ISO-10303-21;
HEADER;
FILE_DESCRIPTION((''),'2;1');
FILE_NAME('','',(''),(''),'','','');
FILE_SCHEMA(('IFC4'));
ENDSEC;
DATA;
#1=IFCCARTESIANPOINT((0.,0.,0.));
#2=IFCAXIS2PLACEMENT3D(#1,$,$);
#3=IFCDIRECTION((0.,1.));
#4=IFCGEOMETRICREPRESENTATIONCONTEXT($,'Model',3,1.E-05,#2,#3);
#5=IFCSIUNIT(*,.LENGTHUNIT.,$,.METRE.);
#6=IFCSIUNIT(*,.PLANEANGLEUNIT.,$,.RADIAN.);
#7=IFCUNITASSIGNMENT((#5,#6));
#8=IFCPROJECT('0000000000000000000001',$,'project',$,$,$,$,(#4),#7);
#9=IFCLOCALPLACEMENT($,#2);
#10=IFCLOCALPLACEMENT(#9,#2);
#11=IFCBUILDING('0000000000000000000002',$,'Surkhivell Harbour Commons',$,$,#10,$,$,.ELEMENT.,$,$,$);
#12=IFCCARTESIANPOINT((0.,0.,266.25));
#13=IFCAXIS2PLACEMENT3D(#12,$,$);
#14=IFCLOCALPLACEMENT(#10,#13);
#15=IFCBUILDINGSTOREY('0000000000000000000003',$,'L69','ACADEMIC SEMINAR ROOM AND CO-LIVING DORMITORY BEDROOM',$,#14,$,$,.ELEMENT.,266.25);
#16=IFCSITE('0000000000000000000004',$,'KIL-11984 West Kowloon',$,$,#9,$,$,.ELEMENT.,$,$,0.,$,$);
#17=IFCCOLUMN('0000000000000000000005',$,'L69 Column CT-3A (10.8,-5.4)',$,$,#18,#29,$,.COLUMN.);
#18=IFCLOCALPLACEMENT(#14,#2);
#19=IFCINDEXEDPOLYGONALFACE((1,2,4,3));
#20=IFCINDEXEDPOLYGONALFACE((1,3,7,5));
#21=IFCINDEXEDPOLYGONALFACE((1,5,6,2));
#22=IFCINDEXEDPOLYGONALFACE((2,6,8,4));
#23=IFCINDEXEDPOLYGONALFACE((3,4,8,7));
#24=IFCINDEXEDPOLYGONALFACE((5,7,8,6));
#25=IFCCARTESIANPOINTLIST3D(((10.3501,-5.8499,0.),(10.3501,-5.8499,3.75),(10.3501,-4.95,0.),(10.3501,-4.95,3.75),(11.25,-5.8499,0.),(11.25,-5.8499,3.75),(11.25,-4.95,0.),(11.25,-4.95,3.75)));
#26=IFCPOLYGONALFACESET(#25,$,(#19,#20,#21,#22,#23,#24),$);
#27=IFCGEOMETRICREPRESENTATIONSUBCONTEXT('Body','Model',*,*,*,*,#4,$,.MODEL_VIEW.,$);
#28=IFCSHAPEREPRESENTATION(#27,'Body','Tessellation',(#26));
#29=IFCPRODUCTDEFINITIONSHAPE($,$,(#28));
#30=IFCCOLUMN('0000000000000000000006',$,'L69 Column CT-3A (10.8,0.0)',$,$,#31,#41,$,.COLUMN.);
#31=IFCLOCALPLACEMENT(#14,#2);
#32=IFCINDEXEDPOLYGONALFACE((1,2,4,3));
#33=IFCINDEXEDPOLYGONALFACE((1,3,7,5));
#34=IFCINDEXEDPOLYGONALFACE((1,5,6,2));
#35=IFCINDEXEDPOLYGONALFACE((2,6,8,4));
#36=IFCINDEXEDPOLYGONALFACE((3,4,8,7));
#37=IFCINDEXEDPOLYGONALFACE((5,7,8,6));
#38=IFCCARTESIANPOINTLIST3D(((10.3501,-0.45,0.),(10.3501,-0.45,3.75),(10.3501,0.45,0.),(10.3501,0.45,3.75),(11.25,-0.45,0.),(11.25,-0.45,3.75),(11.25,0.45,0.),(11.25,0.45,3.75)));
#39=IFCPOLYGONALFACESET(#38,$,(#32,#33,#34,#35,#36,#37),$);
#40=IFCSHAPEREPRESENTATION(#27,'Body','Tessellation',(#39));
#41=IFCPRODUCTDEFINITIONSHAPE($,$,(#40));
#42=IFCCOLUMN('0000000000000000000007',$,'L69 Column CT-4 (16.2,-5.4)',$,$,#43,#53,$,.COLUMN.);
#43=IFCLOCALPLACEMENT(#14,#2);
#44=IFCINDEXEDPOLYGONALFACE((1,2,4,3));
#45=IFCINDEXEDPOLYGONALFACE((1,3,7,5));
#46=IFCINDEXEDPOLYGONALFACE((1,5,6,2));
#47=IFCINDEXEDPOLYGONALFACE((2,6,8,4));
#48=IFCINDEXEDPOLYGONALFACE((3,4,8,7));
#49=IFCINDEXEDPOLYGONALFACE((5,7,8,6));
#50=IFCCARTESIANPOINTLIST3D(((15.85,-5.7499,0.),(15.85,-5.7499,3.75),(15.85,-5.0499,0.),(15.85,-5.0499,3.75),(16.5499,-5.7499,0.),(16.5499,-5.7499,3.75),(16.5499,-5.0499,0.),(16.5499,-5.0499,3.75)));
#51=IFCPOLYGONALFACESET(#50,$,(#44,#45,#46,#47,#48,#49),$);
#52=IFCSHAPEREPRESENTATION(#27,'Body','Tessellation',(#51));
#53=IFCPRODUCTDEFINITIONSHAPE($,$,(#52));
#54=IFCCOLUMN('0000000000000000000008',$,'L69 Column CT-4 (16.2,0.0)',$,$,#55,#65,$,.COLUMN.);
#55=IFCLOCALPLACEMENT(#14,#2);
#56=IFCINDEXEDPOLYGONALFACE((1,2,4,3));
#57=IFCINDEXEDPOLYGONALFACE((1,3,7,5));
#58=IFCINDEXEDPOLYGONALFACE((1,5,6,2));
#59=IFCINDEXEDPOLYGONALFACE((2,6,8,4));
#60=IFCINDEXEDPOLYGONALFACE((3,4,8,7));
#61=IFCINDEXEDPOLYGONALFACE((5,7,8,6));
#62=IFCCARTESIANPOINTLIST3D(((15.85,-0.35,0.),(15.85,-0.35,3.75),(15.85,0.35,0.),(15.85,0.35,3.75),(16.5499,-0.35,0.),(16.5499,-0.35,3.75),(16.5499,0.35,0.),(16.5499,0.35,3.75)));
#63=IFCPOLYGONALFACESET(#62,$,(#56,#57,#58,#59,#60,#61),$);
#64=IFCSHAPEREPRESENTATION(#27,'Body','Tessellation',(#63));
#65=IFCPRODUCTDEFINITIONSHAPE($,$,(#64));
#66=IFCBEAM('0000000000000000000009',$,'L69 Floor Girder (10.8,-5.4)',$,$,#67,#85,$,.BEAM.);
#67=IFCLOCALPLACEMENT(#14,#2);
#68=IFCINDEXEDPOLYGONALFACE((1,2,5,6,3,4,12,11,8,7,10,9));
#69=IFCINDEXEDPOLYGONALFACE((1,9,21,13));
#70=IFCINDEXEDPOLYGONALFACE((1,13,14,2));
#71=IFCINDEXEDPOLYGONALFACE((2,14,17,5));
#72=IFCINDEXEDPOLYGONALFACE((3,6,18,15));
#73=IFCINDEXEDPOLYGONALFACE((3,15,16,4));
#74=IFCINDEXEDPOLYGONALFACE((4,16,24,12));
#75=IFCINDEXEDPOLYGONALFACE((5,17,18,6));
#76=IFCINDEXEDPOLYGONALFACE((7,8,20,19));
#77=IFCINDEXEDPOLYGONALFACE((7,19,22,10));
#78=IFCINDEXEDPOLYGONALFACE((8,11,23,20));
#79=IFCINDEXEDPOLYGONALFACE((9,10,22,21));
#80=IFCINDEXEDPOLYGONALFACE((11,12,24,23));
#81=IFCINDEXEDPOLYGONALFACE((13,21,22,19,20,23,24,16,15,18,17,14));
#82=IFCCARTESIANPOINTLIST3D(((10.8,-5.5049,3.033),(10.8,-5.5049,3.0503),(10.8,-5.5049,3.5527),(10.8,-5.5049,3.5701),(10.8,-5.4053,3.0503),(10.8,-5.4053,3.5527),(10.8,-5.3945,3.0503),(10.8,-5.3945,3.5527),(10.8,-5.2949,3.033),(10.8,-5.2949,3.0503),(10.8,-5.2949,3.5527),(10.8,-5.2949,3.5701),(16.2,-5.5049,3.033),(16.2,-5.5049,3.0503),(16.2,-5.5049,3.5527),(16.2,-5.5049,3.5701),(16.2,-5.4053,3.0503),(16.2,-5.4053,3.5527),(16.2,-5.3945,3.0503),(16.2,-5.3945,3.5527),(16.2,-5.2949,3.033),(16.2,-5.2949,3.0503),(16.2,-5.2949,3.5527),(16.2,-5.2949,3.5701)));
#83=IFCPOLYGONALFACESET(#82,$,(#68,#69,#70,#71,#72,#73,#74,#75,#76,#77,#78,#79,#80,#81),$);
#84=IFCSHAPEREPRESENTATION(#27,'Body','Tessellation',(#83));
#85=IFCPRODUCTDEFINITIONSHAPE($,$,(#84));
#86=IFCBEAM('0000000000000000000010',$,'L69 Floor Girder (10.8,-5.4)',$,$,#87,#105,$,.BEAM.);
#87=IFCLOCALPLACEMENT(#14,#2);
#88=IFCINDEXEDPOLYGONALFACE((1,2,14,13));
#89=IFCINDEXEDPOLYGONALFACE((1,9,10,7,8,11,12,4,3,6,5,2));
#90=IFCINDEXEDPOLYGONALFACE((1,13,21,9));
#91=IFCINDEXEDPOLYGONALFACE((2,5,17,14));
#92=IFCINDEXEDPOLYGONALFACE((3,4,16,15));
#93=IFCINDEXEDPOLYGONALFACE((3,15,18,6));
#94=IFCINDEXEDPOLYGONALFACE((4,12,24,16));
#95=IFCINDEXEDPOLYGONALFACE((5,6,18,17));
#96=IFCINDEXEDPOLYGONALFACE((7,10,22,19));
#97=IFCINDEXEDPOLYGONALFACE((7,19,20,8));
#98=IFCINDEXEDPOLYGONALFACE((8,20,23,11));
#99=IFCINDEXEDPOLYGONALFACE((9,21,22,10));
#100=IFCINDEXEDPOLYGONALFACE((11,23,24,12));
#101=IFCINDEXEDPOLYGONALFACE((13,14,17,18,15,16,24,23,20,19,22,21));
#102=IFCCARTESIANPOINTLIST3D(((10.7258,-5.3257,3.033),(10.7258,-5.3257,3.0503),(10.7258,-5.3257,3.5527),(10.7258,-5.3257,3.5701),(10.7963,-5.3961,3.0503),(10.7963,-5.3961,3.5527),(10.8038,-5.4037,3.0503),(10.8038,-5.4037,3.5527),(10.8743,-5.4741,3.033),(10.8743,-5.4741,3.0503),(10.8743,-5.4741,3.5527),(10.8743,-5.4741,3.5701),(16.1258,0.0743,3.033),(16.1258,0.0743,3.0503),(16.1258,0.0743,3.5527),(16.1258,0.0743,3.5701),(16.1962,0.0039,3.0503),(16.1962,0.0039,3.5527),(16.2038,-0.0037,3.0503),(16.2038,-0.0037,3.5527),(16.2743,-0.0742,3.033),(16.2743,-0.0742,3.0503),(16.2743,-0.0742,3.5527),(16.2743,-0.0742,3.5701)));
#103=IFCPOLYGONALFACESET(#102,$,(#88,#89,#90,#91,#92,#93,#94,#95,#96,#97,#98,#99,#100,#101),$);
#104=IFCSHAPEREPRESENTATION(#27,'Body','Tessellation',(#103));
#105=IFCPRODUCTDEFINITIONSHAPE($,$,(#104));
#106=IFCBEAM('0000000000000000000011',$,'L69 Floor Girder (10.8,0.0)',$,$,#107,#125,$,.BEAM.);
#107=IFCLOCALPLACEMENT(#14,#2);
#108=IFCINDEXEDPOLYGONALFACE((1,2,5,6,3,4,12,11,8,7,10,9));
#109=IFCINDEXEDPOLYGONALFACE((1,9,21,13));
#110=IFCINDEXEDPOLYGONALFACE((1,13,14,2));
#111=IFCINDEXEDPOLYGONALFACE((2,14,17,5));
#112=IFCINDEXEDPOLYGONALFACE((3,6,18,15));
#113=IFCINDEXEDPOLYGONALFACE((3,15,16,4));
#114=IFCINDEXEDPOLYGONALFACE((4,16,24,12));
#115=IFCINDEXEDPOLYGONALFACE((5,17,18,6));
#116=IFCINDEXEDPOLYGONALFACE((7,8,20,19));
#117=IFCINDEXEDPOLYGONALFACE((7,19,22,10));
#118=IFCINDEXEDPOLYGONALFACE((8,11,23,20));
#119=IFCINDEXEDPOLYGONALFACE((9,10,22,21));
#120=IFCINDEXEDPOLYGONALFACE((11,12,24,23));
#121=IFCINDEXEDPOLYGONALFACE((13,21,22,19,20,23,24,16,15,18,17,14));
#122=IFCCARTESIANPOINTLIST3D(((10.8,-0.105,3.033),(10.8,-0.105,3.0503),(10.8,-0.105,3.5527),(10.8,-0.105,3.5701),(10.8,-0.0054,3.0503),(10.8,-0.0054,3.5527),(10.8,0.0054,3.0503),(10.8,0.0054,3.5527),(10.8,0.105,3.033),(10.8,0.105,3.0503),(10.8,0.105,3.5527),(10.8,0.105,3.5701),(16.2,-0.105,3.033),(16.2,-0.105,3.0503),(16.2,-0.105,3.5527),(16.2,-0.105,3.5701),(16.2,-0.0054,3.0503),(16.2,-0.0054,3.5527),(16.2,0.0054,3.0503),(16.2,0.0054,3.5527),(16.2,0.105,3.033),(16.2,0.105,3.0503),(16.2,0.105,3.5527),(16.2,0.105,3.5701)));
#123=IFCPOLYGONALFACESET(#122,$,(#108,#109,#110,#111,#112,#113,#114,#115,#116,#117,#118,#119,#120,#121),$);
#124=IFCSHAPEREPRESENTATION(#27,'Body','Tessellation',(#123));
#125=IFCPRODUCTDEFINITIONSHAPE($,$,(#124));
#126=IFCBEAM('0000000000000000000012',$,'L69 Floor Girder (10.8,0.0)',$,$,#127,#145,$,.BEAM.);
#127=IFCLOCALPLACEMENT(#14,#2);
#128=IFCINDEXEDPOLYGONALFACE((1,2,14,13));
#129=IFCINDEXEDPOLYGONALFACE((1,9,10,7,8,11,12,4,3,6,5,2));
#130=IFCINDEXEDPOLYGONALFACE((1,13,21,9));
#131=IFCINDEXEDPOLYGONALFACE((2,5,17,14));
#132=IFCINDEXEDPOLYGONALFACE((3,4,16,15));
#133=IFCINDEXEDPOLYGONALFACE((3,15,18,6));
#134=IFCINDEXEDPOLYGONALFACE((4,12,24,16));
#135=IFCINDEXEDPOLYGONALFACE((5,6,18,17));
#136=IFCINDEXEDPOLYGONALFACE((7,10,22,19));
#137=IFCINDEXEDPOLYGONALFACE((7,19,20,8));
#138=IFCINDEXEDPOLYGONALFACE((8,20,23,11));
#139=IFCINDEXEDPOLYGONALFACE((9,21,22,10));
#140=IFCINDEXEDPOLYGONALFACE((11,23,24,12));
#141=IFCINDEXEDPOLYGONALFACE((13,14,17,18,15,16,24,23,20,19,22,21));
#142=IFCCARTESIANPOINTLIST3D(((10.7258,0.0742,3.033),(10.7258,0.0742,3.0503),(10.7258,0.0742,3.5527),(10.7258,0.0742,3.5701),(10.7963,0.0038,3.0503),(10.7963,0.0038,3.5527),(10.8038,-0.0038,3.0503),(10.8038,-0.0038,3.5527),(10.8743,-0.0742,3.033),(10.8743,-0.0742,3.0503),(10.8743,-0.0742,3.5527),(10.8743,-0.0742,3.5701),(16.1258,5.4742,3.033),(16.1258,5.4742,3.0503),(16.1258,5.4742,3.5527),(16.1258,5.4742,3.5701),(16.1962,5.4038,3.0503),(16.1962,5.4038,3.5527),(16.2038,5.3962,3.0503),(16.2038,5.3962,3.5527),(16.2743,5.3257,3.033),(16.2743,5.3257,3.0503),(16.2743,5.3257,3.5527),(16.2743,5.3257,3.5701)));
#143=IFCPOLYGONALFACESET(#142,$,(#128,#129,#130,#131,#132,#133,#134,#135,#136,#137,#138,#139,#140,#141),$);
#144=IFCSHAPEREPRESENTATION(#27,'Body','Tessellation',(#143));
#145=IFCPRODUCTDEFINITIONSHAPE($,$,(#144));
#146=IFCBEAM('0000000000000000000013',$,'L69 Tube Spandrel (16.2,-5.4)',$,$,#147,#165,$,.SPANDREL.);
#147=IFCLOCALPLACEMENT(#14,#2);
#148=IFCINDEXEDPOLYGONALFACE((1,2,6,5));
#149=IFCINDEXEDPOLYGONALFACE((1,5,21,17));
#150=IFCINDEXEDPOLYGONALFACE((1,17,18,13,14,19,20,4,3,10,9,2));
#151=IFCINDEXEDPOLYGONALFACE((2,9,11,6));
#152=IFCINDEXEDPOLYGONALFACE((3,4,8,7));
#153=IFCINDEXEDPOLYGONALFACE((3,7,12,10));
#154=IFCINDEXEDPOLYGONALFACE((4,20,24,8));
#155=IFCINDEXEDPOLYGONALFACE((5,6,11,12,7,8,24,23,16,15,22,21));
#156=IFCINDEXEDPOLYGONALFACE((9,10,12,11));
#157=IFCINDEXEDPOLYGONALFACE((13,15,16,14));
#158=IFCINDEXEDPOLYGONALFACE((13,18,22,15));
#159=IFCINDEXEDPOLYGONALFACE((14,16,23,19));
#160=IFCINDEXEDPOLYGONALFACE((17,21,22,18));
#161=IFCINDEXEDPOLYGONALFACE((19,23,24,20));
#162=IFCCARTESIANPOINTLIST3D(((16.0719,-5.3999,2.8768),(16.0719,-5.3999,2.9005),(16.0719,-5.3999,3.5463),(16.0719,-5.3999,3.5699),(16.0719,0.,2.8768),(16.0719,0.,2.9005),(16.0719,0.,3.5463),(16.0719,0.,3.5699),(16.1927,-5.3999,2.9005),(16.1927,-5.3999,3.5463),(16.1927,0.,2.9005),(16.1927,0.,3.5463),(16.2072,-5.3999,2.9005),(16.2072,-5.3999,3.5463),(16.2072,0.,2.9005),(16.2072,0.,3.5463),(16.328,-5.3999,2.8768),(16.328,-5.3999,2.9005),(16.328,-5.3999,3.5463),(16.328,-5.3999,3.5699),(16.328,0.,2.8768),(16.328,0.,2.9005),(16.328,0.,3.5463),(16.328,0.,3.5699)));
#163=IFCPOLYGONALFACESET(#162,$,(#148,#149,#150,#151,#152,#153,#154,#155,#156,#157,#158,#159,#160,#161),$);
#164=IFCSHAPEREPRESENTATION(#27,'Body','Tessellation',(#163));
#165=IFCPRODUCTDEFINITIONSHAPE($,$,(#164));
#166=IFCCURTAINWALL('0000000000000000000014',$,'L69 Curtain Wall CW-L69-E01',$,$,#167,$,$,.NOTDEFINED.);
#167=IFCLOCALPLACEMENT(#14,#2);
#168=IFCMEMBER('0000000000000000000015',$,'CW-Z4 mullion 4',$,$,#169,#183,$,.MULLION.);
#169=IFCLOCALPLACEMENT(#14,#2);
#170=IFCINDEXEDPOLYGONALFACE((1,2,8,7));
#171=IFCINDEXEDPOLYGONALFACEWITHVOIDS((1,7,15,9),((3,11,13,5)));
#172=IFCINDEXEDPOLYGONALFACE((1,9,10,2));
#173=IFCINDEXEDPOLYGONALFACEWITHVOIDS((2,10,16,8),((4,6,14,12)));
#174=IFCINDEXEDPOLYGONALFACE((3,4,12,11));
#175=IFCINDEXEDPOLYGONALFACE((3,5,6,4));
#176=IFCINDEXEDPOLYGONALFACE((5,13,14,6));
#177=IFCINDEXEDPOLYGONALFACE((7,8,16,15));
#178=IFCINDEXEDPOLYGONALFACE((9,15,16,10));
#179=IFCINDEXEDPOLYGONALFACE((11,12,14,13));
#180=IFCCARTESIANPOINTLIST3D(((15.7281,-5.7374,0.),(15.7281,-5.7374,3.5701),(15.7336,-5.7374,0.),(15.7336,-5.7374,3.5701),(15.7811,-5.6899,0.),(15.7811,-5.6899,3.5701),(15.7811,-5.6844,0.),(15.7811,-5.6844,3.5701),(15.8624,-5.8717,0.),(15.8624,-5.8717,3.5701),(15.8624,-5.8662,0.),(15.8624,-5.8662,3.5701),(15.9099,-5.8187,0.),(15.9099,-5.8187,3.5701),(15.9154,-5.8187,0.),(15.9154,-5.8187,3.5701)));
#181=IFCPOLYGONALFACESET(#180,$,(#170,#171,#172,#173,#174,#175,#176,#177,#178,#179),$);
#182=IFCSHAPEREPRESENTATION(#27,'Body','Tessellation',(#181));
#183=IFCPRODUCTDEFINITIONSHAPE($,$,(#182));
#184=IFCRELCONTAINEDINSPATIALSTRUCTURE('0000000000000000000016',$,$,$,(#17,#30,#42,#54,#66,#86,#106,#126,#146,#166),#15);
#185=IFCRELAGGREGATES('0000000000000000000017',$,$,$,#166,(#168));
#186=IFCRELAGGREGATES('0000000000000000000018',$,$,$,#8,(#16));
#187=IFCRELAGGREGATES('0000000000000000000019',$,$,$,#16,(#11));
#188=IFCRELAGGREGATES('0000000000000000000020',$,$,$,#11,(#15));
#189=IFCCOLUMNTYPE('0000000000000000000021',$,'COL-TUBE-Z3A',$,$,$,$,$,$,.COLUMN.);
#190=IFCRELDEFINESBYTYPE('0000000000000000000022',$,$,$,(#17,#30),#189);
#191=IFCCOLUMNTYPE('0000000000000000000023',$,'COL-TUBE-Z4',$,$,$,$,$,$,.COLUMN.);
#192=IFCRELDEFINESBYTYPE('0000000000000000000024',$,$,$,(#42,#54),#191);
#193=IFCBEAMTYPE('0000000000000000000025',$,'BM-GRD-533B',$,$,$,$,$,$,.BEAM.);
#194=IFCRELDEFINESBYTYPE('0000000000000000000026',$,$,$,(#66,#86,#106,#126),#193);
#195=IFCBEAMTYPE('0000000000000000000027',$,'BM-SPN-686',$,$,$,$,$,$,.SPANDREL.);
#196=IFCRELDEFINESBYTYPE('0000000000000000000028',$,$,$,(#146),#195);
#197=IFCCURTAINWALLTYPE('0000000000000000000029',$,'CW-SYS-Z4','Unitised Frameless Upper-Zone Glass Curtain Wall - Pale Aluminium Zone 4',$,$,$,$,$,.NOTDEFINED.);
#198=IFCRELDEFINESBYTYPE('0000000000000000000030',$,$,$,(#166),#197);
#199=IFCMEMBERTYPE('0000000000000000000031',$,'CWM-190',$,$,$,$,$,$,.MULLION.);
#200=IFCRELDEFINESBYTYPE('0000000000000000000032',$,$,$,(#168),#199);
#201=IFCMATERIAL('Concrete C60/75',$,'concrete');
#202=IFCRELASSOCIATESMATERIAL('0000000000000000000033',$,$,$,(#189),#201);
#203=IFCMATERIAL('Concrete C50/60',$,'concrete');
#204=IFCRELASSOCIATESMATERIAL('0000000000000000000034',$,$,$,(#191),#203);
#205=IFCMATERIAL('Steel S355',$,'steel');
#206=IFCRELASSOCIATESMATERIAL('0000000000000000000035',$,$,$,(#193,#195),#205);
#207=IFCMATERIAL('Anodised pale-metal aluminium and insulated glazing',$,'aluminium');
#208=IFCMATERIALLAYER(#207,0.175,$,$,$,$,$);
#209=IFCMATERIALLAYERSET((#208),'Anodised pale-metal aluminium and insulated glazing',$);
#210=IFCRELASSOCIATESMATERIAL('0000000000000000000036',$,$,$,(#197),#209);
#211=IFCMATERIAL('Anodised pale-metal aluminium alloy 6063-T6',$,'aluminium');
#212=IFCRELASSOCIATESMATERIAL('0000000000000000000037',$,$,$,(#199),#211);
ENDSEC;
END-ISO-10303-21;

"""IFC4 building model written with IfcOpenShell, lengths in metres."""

from ifc_helpers import new_model, si_unit, direction, frame, origin, origin_2d, place, context, subcontext, project, spatial, rectangle, hollow_rectangle, i_section, extrude, material, layer, layer_set, material_profile, profile_set, type_object, element, aggregate, save


model = new_model("IFC4")

# Units and contexts
model_context = context("Model", 3, precision=1e-05, world=origin(), true_north=direction((0.0, 1.0)))
body_context = subcontext(model_context, "Body", "Model", "MODEL_VIEW")
ifc_project = project(units=[si_unit("LENGTHUNIT", "METRE"), si_unit("PLANEANGLEUNIT", "RADIAN")], contexts=[model_context])

# Site, building, storey
site_placement = place(None, origin())
site = spatial("IfcSite", under=ifc_project, at=site_placement, Name="KIL-11984 West Kowloon", CompositionType="ELEMENT", RefElevation=0.0)
building_placement = place(site_placement, origin())
building = spatial("IfcBuilding", under=site, at=building_placement, Name="Surkhivell Harbour Commons", CompositionType="ELEMENT")
storey_placement = place(building_placement, frame((0.0, 0.0, 266.25)))
storey = spatial("IfcBuildingStorey", under=building, at=storey_placement, Name="L69", Description="ACADEMIC SEMINAR ROOM AND CO-LIVING DORMITORY BEDROOM", CompositionType="ELEMENT", Elevation=266.25)

# Columns
ifc_material_1 = material(Name="Concrete C60/75", Category="concrete")
ifc_material_profile_1 = material_profile(ifc_material_1, rectangle(XDim=0.8999, YDim=0.8999, at=origin_2d()), Name="RC-COL-900x900")
ifc_profile_set_1 = profile_set([ifc_material_profile_1], Name="Concrete C60/75")
column_type_1 = type_object("IfcColumnType", Name="COL-TUBE-Z3A", PredefinedType="COLUMN", material=ifc_profile_set_1)
for number, where, z_axis, x_axis, name in (
    (1, (10.8, -5.3999, 0.0), (0.0, 0.0, 1.0), (1.0, 0.0, 0.0), "L69 Column CT-3A (10.8,-5.4)"),
    (2, (10.8, 0.0, 0.0), (0.0, 0.0, 1.0), (1.0, 0.0, 0.0), "L69 Column CT-3A (10.8,0.0)"),
):
    element("IfcColumn", number, at=place(storey_placement, frame(where, z_axis=z_axis, x_axis=x_axis)), inside=storey, type_object=column_type_1, Name=name, PredefinedType="COLUMN", context=body_context, shape_type="SweptSolid", body=[
        extrude(rectangle(XDim=0.8999, YDim=0.8999, at=origin_2d()), origin(), (0.0, 0.0, 1.0), 3.75),
    ])
ifc_material_2 = material(Name="Concrete C50/60", Category="concrete")
ifc_material_profile_2 = material_profile(ifc_material_2, rectangle(XDim=0.7, YDim=0.7, at=origin_2d()), Name="RC-COL-700x700")
ifc_profile_set_2 = profile_set([ifc_material_profile_2], Name="Concrete C50/60")
column_type_2 = type_object("IfcColumnType", Name="COL-TUBE-Z4", PredefinedType="COLUMN", material=ifc_profile_set_2)
for number, where, z_axis, x_axis, name in (
    (3, (16.2, -5.3999, 0.0), (0.0, 0.0, 1.0), (1.0, 0.0, 0.0), "L69 Column CT-4 (16.2,-5.4)"),
    (4, (16.2, 0.0, 0.0), (0.0, 0.0, 1.0), (1.0, 0.0, 0.0), "L69 Column CT-4 (16.2,0.0)"),
):
    element("IfcColumn", number, at=place(storey_placement, frame(where, z_axis=z_axis, x_axis=x_axis)), inside=storey, type_object=column_type_2, Name=name, PredefinedType="COLUMN", context=body_context, shape_type="SweptSolid", body=[
        extrude(rectangle(XDim=0.7, YDim=0.7, at=origin_2d()), origin(), (0.0, 0.0, 1.0), 3.75),
    ])

# Beams
ifc_material_3 = material(Name="Steel S355", Category="steel")
ifc_material_profile_3 = material_profile(ifc_material_3, i_section(OverallWidth=0.21, OverallDepth=0.5371, WebThickness=0.0107, FlangeThickness=0.0173, at=origin_2d()), Name="UB533x210x101")
ifc_profile_set_3 = profile_set([ifc_material_profile_3], Name="Steel S355")
beam_type_1 = type_object("IfcBeamType", Name="BM-GRD-533B", PredefinedType="BEAM", material=ifc_profile_set_3)
beam_1_placement = place(storey_placement, frame((10.8, -5.3999, 3.3015), z_axis=(1.0, 0.0, 0.0), x_axis=(0.0, 1.0, 0.0)))
element("IfcBeam", 5, at=beam_1_placement, inside=storey, type_object=beam_type_1, Name="L69 Floor Girder (10.8,-5.4)", PredefinedType="BEAM", context=body_context, shape_type="SweptSolid", body=[
    extrude(i_section(OverallWidth=0.21, OverallDepth=0.5371, WebThickness=0.0107, FlangeThickness=0.0173, at=origin_2d()), origin(), (0.0, 0.0, 1.0), 5.3999),
])
beam_2_placement = place(storey_placement, frame((10.8, -5.3999, 3.3015), z_axis=(0.707107, 0.707107, 0.0), x_axis=(-0.707107, 0.707107, 0.0)))
element("IfcBeam", 6, at=beam_2_placement, inside=storey, type_object=beam_type_1, Name="L69 Floor Girder (10.8,-5.4)", PredefinedType="BEAM", context=body_context, shape_type="SweptSolid", body=[
    extrude(i_section(OverallWidth=0.21, OverallDepth=0.5371, WebThickness=0.0107, FlangeThickness=0.0173, at=origin_2d()), origin(), (0.0, 0.0, 1.0), 7.6367),
])
beam_3_placement = place(storey_placement, frame((10.8, 0.0, 3.3015), z_axis=(1.0, 0.0, 0.0), x_axis=(0.0, 1.0, 0.0)))
element("IfcBeam", 7, at=beam_3_placement, inside=storey, type_object=beam_type_1, Name="L69 Floor Girder (10.8,0.0)", PredefinedType="BEAM", context=body_context, shape_type="SweptSolid", body=[
    extrude(i_section(OverallWidth=0.21, OverallDepth=0.5371, WebThickness=0.0107, FlangeThickness=0.0173, at=origin_2d()), origin(), (0.0, 0.0, 1.0), 5.3999),
])
beam_4_placement = place(storey_placement, frame((10.8, 0.0, 3.3015), z_axis=(0.707107, 0.707107, 0.0), x_axis=(-0.707107, 0.707107, 0.0)))
element("IfcBeam", 8, at=beam_4_placement, inside=storey, type_object=beam_type_1, Name="L69 Floor Girder (10.8,0.0)", PredefinedType="BEAM", context=body_context, shape_type="SweptSolid", body=[
    extrude(i_section(OverallWidth=0.21, OverallDepth=0.5371, WebThickness=0.0107, FlangeThickness=0.0173, at=origin_2d()), origin(), (0.0, 0.0, 1.0), 7.6367),
])
ifc_material_profile_4 = material_profile(ifc_material_3, i_section(OverallWidth=0.2561, OverallDepth=0.6931, WebThickness=0.0144, FlangeThickness=0.0237, at=origin_2d()), Name="UB686x254x170")
ifc_profile_set_4 = profile_set([ifc_material_profile_4], Name="Steel S355")
beam_type_2 = type_object("IfcBeamType", Name="BM-SPN-686", PredefinedType="SPANDREL", material=ifc_profile_set_4)
beam_5_placement = place(storey_placement, frame((16.2, -5.3999, 3.2234), z_axis=(0.0, 1.0, 0.0), x_axis=(-1.0, 0.0, 0.0)))
element("IfcBeam", 9, at=beam_5_placement, inside=storey, type_object=beam_type_2, Name="L69 Tube Spandrel (16.2,-5.4)", PredefinedType="SPANDREL", context=body_context, shape_type="SweptSolid", body=[
    extrude(i_section(OverallWidth=0.2561, OverallDepth=0.6931, WebThickness=0.0144, FlangeThickness=0.0237, at=origin_2d()), origin(), (0.0, 0.0, 1.0), 5.3999),
])

# Curtain wall, member
ifc_material_4 = material(Name="Anodised pale-metal aluminium and insulated glazing", Category="aluminium")
ifc_layer_1 = layer(ifc_material_4, 0.175)
ifc_layer_set_1 = layer_set([ifc_layer_1], Name="Anodised pale-metal aluminium and insulated glazing")
curtain_wall_type = type_object("IfcCurtainWallType", Name="CW-SYS-Z4", Description="Unitised Frameless Upper-Zone Glass Curtain Wall - Pale Aluminium Zone 4", PredefinedType="NOTDEFINED", material=ifc_layer_set_1)
curtain_wall_1_placement = place(storey_placement, origin())
curtain_wall_1 = element("IfcCurtainWall", 10, at=curtain_wall_1_placement, inside=storey, type_object=curtain_wall_type, Name="L69 Curtain Wall CW-L69-E01", PredefinedType="NOTDEFINED")
ifc_material_5 = material(Name="Anodised pale-metal aluminium alloy 6063-T6", Category="aluminium")
ifc_material_profile_5 = material_profile(ifc_material_5, hollow_rectangle(XDim=0.075, YDim=0.1899, WallThickness=0.0039, at=origin_2d()), Name="ALU-MULL-75x190")
ifc_profile_set_5 = profile_set([ifc_material_profile_5], Name="Anodised pale-metal aluminium alloy 6063-T6")
member_type_1 = type_object("IfcMemberType", Name="CWM-190", PredefinedType="MULLION", material=ifc_profile_set_5)
member_1_placement = place(storey_placement, frame((15.8218, -5.7781, 0.0), z_axis=(0.0, 0.0, 1.0), x_axis=(0.707107, 0.707107, 0.0)))
member_1 = element("IfcMember", 11, at=member_1_placement, type_object=member_type_1, Name="CW-Z4 mullion 4", PredefinedType="MULLION", context=body_context, shape_type="SweptSolid", body=[
    extrude(hollow_rectangle(XDim=0.075, YDim=0.1899, WallThickness=0.0039, at=origin_2d()), origin(), (0.0, 0.0, 1.0), 3.5701),
])
aggregate(curtain_wall_1, [member_1])

save(model, "model.ifc")
